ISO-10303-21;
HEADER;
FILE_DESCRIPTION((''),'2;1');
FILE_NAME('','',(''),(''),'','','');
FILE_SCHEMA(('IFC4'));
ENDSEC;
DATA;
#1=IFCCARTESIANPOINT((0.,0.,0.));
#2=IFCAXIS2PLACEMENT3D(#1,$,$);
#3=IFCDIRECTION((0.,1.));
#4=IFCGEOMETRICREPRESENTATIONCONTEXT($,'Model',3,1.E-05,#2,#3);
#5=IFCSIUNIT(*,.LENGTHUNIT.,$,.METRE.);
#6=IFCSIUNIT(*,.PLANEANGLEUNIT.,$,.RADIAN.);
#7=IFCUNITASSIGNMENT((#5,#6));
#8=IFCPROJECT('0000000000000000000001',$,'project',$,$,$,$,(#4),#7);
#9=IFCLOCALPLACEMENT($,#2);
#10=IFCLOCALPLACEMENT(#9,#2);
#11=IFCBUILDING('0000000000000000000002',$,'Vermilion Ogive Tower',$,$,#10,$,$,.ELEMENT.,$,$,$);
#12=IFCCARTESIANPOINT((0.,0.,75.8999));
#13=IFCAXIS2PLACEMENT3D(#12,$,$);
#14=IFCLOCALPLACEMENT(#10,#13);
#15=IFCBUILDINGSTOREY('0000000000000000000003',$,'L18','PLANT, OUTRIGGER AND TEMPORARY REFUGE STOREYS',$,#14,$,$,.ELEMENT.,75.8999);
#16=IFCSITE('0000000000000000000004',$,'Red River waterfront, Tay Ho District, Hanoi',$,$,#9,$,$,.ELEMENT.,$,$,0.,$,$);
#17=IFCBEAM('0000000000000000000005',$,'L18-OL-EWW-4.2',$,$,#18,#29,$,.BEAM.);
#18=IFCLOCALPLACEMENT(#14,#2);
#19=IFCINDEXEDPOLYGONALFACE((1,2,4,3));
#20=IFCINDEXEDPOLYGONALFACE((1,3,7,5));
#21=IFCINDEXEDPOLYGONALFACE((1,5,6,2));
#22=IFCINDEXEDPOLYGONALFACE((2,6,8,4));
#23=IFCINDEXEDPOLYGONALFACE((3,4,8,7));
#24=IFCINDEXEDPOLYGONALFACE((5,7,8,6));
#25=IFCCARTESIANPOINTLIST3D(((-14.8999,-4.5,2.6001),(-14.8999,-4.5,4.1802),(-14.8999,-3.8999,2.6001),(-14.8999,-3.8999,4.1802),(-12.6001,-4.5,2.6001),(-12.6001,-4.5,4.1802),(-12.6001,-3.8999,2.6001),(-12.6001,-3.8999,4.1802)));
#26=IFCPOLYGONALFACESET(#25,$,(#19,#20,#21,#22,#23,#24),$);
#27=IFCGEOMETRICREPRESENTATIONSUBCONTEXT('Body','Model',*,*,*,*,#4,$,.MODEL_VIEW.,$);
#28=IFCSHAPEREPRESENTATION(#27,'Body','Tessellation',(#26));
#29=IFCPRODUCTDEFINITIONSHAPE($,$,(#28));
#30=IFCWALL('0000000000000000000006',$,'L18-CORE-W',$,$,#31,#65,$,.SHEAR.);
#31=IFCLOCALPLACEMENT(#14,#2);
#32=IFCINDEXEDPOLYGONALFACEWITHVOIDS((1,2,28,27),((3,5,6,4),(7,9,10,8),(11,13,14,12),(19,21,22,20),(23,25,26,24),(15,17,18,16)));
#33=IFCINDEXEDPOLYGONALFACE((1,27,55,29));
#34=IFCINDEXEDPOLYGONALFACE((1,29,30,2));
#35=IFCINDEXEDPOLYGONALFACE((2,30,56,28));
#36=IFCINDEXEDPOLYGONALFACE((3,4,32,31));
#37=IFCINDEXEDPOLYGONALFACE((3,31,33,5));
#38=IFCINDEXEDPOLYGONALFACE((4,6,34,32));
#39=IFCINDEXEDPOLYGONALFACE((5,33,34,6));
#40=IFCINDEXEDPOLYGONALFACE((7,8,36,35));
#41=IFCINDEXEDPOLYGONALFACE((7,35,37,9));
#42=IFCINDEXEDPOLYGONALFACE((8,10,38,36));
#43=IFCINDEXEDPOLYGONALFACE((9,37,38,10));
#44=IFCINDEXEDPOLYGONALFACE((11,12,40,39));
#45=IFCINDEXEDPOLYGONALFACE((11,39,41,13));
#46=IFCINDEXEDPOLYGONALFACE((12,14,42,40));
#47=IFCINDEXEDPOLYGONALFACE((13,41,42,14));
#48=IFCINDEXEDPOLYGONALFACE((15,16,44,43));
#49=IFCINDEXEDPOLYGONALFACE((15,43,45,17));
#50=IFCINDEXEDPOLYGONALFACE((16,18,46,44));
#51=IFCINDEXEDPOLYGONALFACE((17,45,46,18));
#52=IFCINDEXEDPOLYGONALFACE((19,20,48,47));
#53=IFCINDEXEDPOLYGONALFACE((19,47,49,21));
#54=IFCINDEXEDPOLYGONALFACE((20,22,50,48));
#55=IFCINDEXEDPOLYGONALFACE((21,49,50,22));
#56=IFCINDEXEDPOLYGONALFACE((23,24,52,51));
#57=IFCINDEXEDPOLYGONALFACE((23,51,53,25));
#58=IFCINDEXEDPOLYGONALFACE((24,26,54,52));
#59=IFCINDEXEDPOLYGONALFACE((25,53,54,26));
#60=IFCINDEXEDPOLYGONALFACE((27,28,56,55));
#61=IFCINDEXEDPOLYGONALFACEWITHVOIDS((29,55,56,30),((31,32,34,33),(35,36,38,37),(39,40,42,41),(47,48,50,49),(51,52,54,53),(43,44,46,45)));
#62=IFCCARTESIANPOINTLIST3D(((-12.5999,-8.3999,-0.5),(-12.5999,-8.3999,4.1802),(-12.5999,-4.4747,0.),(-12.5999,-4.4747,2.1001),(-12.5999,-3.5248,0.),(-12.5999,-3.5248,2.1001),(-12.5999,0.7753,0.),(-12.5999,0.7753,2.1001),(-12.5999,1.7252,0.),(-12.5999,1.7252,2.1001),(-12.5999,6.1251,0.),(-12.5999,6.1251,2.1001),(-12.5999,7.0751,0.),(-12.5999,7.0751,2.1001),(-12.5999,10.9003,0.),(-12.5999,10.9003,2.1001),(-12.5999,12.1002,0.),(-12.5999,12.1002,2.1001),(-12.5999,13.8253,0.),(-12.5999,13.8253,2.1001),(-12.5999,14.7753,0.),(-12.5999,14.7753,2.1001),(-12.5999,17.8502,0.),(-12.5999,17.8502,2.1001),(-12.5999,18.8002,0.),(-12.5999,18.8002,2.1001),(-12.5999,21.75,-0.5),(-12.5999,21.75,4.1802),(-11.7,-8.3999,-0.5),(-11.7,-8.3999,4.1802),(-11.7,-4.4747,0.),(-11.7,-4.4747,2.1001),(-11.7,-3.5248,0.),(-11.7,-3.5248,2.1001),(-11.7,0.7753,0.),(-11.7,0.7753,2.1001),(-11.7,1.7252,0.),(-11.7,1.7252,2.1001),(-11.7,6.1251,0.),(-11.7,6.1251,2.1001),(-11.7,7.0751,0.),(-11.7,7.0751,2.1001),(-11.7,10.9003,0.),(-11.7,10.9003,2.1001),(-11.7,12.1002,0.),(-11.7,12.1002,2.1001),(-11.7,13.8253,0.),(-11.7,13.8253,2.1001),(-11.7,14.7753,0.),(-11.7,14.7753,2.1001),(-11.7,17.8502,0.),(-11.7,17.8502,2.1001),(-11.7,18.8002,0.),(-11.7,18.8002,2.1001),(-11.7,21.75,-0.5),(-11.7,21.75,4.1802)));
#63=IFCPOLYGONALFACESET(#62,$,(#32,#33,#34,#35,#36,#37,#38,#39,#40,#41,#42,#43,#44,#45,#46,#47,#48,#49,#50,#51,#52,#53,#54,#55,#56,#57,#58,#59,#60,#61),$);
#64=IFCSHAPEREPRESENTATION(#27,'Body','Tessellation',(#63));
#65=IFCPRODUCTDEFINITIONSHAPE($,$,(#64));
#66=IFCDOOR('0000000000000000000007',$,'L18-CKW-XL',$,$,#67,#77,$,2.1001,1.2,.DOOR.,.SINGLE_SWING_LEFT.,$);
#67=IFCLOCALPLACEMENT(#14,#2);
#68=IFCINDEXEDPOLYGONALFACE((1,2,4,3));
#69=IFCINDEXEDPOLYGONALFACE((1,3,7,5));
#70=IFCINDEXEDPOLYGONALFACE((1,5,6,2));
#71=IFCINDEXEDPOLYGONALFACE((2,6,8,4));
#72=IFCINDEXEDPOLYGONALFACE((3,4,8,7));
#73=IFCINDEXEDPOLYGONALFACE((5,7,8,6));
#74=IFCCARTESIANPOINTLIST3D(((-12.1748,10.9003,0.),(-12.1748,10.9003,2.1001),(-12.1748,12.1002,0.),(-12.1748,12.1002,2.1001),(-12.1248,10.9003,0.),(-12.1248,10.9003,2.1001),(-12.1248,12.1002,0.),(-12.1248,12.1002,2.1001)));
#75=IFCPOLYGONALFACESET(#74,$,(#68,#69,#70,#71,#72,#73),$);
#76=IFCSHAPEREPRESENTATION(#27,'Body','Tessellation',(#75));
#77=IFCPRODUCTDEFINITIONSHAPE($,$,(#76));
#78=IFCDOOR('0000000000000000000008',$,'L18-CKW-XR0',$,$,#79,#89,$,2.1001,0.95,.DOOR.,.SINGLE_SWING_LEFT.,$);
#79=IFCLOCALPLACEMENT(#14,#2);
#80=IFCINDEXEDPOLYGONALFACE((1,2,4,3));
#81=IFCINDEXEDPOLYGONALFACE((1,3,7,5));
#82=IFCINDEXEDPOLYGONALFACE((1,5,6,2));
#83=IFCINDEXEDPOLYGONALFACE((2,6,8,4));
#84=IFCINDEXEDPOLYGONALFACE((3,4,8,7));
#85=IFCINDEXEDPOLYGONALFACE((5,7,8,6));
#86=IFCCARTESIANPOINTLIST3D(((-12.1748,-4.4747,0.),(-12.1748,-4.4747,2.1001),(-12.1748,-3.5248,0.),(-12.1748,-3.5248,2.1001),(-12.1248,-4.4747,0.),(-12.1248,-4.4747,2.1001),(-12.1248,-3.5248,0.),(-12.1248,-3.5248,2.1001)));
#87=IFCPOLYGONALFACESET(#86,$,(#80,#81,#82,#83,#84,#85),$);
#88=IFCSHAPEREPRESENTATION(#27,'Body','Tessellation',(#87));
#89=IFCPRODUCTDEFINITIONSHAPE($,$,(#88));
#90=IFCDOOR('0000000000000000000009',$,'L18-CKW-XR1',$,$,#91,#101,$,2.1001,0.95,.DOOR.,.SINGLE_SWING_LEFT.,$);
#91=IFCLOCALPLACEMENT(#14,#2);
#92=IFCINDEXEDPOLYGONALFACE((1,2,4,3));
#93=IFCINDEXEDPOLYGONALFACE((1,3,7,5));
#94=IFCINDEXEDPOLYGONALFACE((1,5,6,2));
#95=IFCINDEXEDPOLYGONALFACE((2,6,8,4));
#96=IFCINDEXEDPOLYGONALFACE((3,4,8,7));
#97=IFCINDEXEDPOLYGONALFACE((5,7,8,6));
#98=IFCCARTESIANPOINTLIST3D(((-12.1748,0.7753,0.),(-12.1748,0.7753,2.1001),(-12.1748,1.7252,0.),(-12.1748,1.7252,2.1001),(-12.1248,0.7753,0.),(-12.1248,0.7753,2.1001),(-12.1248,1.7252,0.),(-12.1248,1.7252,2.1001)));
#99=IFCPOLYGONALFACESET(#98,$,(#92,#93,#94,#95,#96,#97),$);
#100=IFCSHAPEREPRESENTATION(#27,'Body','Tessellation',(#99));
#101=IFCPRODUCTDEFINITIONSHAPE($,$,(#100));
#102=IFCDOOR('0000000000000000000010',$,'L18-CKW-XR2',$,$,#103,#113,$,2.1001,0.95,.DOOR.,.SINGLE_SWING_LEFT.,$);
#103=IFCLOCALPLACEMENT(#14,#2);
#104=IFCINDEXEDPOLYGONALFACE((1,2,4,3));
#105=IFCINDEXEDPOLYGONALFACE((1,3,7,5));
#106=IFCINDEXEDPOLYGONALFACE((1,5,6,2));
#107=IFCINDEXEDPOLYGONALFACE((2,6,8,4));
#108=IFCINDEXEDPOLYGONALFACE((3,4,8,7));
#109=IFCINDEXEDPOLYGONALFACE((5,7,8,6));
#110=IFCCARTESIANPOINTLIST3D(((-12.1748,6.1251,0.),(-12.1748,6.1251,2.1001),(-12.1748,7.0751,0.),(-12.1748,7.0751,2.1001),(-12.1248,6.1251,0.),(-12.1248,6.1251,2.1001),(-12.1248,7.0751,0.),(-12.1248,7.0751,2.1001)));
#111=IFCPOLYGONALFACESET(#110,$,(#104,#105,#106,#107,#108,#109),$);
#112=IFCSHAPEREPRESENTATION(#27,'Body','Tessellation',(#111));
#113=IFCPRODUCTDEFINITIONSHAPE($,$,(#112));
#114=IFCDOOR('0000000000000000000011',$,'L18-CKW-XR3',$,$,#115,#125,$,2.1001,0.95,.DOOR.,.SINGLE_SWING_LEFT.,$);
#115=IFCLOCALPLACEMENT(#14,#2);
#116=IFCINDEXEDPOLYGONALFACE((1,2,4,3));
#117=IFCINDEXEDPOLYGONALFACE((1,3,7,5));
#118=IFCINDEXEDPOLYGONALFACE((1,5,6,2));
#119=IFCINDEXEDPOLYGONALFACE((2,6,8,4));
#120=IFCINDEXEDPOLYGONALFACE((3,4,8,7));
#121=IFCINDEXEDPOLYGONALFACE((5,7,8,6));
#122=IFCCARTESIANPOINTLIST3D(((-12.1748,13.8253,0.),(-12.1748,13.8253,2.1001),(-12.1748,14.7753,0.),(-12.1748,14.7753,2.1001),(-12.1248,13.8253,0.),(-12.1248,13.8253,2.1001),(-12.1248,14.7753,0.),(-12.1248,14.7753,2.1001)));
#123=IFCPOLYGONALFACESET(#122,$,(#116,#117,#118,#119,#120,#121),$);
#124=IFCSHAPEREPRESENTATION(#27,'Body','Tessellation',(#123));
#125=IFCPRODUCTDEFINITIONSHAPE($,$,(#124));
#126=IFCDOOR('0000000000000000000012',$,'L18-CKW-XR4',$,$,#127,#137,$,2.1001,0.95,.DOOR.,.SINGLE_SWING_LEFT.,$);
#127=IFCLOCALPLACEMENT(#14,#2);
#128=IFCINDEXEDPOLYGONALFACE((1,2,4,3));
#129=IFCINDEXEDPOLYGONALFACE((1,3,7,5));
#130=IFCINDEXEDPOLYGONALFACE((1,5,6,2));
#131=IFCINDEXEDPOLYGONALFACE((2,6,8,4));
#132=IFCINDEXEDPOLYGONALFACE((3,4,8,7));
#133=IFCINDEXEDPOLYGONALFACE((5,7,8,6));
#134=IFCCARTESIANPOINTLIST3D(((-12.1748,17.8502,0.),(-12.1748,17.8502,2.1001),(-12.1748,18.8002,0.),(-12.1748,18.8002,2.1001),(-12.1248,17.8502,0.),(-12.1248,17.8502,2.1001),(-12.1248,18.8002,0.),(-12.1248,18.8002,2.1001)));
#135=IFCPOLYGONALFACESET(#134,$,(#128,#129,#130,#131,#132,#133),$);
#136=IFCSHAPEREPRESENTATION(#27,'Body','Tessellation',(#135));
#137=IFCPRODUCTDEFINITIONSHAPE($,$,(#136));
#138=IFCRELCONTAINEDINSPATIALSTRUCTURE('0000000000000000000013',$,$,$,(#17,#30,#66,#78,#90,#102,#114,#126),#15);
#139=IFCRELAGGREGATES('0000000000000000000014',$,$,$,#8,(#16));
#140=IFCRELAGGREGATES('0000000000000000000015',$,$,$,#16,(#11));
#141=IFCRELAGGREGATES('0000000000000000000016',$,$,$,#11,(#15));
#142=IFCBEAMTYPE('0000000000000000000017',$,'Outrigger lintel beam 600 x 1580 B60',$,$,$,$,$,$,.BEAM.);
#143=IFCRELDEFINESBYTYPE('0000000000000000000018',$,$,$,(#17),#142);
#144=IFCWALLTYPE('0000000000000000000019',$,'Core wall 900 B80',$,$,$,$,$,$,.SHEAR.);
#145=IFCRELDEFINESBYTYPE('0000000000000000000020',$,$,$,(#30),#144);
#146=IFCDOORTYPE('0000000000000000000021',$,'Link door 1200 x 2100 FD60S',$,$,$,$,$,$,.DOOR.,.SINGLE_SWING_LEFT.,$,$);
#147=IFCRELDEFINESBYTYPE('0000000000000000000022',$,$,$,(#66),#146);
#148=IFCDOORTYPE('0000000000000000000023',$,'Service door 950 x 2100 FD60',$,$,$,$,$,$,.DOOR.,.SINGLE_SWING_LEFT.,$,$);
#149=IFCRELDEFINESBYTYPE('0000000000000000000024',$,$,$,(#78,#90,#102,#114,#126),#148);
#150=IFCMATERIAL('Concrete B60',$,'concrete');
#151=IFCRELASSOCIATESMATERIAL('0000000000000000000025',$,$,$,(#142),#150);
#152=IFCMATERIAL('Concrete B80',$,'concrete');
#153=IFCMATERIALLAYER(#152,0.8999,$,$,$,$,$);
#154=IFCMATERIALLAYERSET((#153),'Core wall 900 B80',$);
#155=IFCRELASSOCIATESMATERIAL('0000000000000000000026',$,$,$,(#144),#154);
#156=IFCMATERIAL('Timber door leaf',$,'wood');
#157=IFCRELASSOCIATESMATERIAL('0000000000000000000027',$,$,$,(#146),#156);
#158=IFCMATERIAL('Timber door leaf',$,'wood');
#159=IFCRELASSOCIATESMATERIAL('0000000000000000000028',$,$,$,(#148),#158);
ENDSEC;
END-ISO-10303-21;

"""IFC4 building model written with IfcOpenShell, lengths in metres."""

from ifc_helpers import new_model, si_unit, direction, frame, frame_2d, origin, origin_2d, place, context, subcontext, project, spatial, rectangle, extrude, material, layer, layer_set, material_profile, profile_set, type_object, element, fill, save


model = new_model("IFC4")

# Units and contexts
model_context = context("Model", 3, precision=1e-05, world=origin(), true_north=direction((0.0, 1.0)))
body_context = subcontext(model_context, "Body", "Model", "MODEL_VIEW")
ifc_project = project(units=[si_unit("LENGTHUNIT", "METRE"), si_unit("PLANEANGLEUNIT", "RADIAN")], contexts=[model_context])

# Site, building, storey
site_placement = place(None, origin())
site = spatial("IfcSite", under=ifc_project, at=site_placement, Name="Red River waterfront, Tay Ho District, Hanoi", CompositionType="ELEMENT", RefElevation=0.0)
building_placement = place(site_placement, origin())
building = spatial("IfcBuilding", under=site, at=building_placement, Name="Vermilion Ogive Tower", CompositionType="ELEMENT")
storey_placement = place(building_placement, frame((0.0, 0.0, 75.8999)))
storey = spatial("IfcBuildingStorey", under=building, at=storey_placement, Name="L18", Description="PLANT, OUTRIGGER AND TEMPORARY REFUGE STOREYS", CompositionType="ELEMENT", Elevation=75.8999)

# Beam
ifc_material_1 = material(Name="Concrete B60", Category="concrete")
ifc_material_profile = material_profile(ifc_material_1, rectangle(XDim=0.6001, YDim=1.5801, at=origin_2d()), Name="600 x 1580")
ifc_profile_set = profile_set([ifc_material_profile], Name="Concrete B60")
beam_type = type_object("IfcBeamType", Name="Outrigger lintel beam 600 x 1580 B60", PredefinedType="BEAM", material=ifc_profile_set)
beam_placement = place(storey_placement, frame((-12.6001, -4.2, 3.3901), z_axis=(-1.0, 0.0, 0.0), x_axis=(0.0, -1.0, 0.0)))
element("IfcBeam", 1, at=beam_placement, inside=storey, type_object=beam_type, Name="L18-OL-EWW-4.2", PredefinedType="BEAM", context=body_context, shape_type="SweptSolid", body=[
    extrude(rectangle(XDim=0.6001, YDim=1.5801, at=origin_2d()), origin(), (0.0, 0.0, 1.0), 2.2998),
])

# Wall, openings, doors
ifc_material_2 = material(Name="Concrete B80", Category="concrete")
ifc_layer_1 = layer(ifc_material_2, 0.8999)
ifc_layer_set_1 = layer_set([ifc_layer_1], Name="Core wall 900 B80")
wall_type_1 = type_object("IfcWallType", Name="Core wall 900 B80", PredefinedType="SHEAR", material=ifc_layer_set_1)
wall_1_placement = place(storey_placement, frame((-12.1499, -8.3999, -0.5), z_axis=(0.0, 0.0, 1.0), x_axis=(0.0, 1.0, 0.0)))
wall_1 = element("IfcWall", 2, at=wall_1_placement, inside=storey, type_object=wall_type_1, Name="L18-CORE-W", PredefinedType="SHEAR", context=body_context, shape_type="SweptSolid", body=[
    extrude(rectangle(XDim=30.1499, YDim=0.8999, at=frame_2d((15.075, 0.0))), origin(), (0.0, 0.0, 1.0), 4.6802),
])
opening_1_placement = place(wall_1_placement, frame((3.925, 0.0, 0.5)))
opening_1 = element("IfcOpeningElement", 3, at=opening_1_placement, cuts=wall_1, PredefinedType="OPENING", context=body_context, shape_type="SweptSolid", body=[
    extrude(rectangle(XDim=0.95, YDim=2.1001, at=frame_2d((0.4751, 1.05))), frame((0.0, 0.46, 0.0), z_axis=(0.0, -1.0, 0.0), x_axis=(1.0, 0.0, 0.0)), (0.0, 0.0, 1.0), 0.9199),
])
opening_2_placement = place(wall_1_placement, frame((9.175, 0.0, 0.5)))
opening_2 = element("IfcOpeningElement", 4, at=opening_2_placement, cuts=wall_1, PredefinedType="OPENING", context=body_context, shape_type="SweptSolid", body=[
    extrude(rectangle(XDim=0.95, YDim=2.1001, at=frame_2d((0.4751, 1.05))), frame((0.0, 0.46, 0.0), z_axis=(0.0, -1.0, 0.0), x_axis=(1.0, 0.0, 0.0)), (0.0, 0.0, 1.0), 0.9199),
])
opening_3_placement = place(wall_1_placement, frame((14.5249, 0.0, 0.5)))
opening_3 = element("IfcOpeningElement", 5, at=opening_3_placement, cuts=wall_1, PredefinedType="OPENING", context=body_context, shape_type="SweptSolid", body=[
    extrude(rectangle(XDim=0.95, YDim=2.1001, at=frame_2d((0.4751, 1.05))), frame((0.0, 0.46, 0.0), z_axis=(0.0, -1.0, 0.0), x_axis=(1.0, 0.0, 0.0)), (0.0, 0.0, 1.0), 0.9199),
])
opening_4_placement = place(wall_1_placement, frame((22.2251, 0.0, 0.5)))
opening_4 = element("IfcOpeningElement", 6, at=opening_4_placement, cuts=wall_1, PredefinedType="OPENING", context=body_context, shape_type="SweptSolid", body=[
    extrude(rectangle(XDim=0.95, YDim=2.1001, at=frame_2d((0.4751, 1.05))), frame((0.0, 0.46, 0.0), z_axis=(0.0, -1.0, 0.0), x_axis=(1.0, 0.0, 0.0)), (0.0, 0.0, 1.0), 0.9199),
])
opening_5_placement = place(wall_1_placement, frame((26.25, 0.0, 0.5)))
opening_5 = element("IfcOpeningElement", 7, at=opening_5_placement, cuts=wall_1, PredefinedType="OPENING", context=body_context, shape_type="SweptSolid", body=[
    extrude(rectangle(XDim=0.95, YDim=2.1001, at=frame_2d((0.4751, 1.05))), frame((0.0, 0.46, 0.0), z_axis=(0.0, -1.0, 0.0), x_axis=(1.0, 0.0, 0.0)), (0.0, 0.0, 1.0), 0.9199),
])
opening_6_placement = place(wall_1_placement, frame((19.3, 0.0, 0.5)))
opening_6 = element("IfcOpeningElement", 8, at=opening_6_placement, cuts=wall_1, PredefinedType="OPENING", context=body_context, shape_type="SweptSolid", body=[
    extrude(rectangle(XDim=1.2, YDim=2.1001, at=frame_2d((0.6001, 1.05))), frame((0.0, 0.46, 0.0), z_axis=(0.0, -1.0, 0.0), x_axis=(1.0, 0.0, 0.0)), (0.0, 0.0, 1.0), 0.9199),
])
ifc_material_3 = material(Name="Timber door leaf", Category="wood")
door_type_1 = type_object("IfcDoorType", Name="Link door 1200 x 2100 FD60S", OperationType="SINGLE_SWING_LEFT", PredefinedType="DOOR", material=ifc_material_3)
door_1_placement = place(opening_6_placement, origin())
door_1 = element("IfcDoor", 9, at=door_1_placement, inside=storey, type_object=door_type_1, Name="L18-CKW-XL", OperationType="SINGLE_SWING_LEFT", OverallHeight=2.1001, OverallWidth=1.2, PredefinedType="DOOR", context=body_context, shape_type="SweptSolid", body=[
    extrude(rectangle(XDim=1.2, YDim=2.1001, at=frame_2d((0.6001, 1.05))), frame((0.0, 0.0249, 0.0), z_axis=(0.0, -1.0, 0.0), x_axis=(1.0, 0.0, 0.0)), (0.0, 0.0, 1.0), 0.05),
])
fill(opening_6, door_1)
ifc_material_4 = material(Name="Timber door leaf", Category="wood")
door_type_2 = type_object("IfcDoorType", Name="Service door 950 x 2100 FD60", OperationType="SINGLE_SWING_LEFT", PredefinedType="DOOR", material=ifc_material_4)
door_2_placement = place(opening_1_placement, origin())
door_2 = element("IfcDoor", 10, at=door_2_placement, inside=storey, type_object=door_type_2, Name="L18-CKW-XR0", OperationType="SINGLE_SWING_LEFT", OverallHeight=2.1001, OverallWidth=0.95, PredefinedType="DOOR", context=body_context, shape_type="SweptSolid", body=[
    extrude(rectangle(XDim=0.95, YDim=2.1001, at=frame_2d((0.4751, 1.05))), frame((0.0, 0.0249, 0.0), z_axis=(0.0, -1.0, 0.0), x_axis=(1.0, 0.0, 0.0)), (0.0, 0.0, 1.0), 0.05),
])
fill(opening_1, door_2)
door_3_placement = place(opening_2_placement, origin())
door_3 = element("IfcDoor", 11, at=door_3_placement, inside=storey, type_object=door_type_2, Name="L18-CKW-XR1", OperationType="SINGLE_SWING_LEFT", OverallHeight=2.1001, OverallWidth=0.95, PredefinedType="DOOR", context=body_context, shape_type="SweptSolid", body=[
    extrude(rectangle(XDim=0.95, YDim=2.1001, at=frame_2d((0.4751, 1.05))), frame((0.0, 0.0249, 0.0), z_axis=(0.0, -1.0, 0.0), x_axis=(1.0, 0.0, 0.0)), (0.0, 0.0, 1.0), 0.05),
])
fill(opening_2, door_3)
door_4_placement = place(opening_3_placement, origin())
door_4 = element("IfcDoor", 12, at=door_4_placement, inside=storey, type_object=door_type_2, Name="L18-CKW-XR2", OperationType="SINGLE_SWING_LEFT", OverallHeight=2.1001, OverallWidth=0.95, PredefinedType="DOOR", context=body_context, shape_type="SweptSolid", body=[
    extrude(rectangle(XDim=0.95, YDim=2.1001, at=frame_2d((0.4751, 1.05))), frame((0.0, 0.0249, 0.0), z_axis=(0.0, -1.0, 0.0), x_axis=(1.0, 0.0, 0.0)), (0.0, 0.0, 1.0), 0.05),
])
fill(opening_3, door_4)
door_5_placement = place(opening_4_placement, origin())
door_5 = element("IfcDoor", 13, at=door_5_placement, inside=storey, type_object=door_type_2, Name="L18-CKW-XR3", OperationType="SINGLE_SWING_LEFT", OverallHeight=2.1001, OverallWidth=0.95, PredefinedType="DOOR", context=body_context, shape_type="SweptSolid", body=[
    extrude(rectangle(XDim=0.95, YDim=2.1001, at=frame_2d((0.4751, 1.05))), frame((0.0, 0.0249, 0.0), z_axis=(0.0, -1.0, 0.0), x_axis=(1.0, 0.0, 0.0)), (0.0, 0.0, 1.0), 0.05),
])
fill(opening_4, door_5)
door_6_placement = place(opening_5_placement, origin())
door_6 = element("IfcDoor", 14, at=door_6_placement, inside=storey, type_object=door_type_2, Name="L18-CKW-XR4", OperationType="SINGLE_SWING_LEFT", OverallHeight=2.1001, OverallWidth=0.95, PredefinedType="DOOR", context=body_context, shape_type="SweptSolid", body=[
    extrude(rectangle(XDim=0.95, YDim=2.1001, at=frame_2d((0.4751, 1.05))), frame((0.0, 0.0249, 0.0), z_axis=(0.0, -1.0, 0.0), x_axis=(1.0, 0.0, 0.0)), (0.0, 0.0, 1.0), 0.05),
])
fill(opening_5, door_6)

save(model, "model.ifc")
